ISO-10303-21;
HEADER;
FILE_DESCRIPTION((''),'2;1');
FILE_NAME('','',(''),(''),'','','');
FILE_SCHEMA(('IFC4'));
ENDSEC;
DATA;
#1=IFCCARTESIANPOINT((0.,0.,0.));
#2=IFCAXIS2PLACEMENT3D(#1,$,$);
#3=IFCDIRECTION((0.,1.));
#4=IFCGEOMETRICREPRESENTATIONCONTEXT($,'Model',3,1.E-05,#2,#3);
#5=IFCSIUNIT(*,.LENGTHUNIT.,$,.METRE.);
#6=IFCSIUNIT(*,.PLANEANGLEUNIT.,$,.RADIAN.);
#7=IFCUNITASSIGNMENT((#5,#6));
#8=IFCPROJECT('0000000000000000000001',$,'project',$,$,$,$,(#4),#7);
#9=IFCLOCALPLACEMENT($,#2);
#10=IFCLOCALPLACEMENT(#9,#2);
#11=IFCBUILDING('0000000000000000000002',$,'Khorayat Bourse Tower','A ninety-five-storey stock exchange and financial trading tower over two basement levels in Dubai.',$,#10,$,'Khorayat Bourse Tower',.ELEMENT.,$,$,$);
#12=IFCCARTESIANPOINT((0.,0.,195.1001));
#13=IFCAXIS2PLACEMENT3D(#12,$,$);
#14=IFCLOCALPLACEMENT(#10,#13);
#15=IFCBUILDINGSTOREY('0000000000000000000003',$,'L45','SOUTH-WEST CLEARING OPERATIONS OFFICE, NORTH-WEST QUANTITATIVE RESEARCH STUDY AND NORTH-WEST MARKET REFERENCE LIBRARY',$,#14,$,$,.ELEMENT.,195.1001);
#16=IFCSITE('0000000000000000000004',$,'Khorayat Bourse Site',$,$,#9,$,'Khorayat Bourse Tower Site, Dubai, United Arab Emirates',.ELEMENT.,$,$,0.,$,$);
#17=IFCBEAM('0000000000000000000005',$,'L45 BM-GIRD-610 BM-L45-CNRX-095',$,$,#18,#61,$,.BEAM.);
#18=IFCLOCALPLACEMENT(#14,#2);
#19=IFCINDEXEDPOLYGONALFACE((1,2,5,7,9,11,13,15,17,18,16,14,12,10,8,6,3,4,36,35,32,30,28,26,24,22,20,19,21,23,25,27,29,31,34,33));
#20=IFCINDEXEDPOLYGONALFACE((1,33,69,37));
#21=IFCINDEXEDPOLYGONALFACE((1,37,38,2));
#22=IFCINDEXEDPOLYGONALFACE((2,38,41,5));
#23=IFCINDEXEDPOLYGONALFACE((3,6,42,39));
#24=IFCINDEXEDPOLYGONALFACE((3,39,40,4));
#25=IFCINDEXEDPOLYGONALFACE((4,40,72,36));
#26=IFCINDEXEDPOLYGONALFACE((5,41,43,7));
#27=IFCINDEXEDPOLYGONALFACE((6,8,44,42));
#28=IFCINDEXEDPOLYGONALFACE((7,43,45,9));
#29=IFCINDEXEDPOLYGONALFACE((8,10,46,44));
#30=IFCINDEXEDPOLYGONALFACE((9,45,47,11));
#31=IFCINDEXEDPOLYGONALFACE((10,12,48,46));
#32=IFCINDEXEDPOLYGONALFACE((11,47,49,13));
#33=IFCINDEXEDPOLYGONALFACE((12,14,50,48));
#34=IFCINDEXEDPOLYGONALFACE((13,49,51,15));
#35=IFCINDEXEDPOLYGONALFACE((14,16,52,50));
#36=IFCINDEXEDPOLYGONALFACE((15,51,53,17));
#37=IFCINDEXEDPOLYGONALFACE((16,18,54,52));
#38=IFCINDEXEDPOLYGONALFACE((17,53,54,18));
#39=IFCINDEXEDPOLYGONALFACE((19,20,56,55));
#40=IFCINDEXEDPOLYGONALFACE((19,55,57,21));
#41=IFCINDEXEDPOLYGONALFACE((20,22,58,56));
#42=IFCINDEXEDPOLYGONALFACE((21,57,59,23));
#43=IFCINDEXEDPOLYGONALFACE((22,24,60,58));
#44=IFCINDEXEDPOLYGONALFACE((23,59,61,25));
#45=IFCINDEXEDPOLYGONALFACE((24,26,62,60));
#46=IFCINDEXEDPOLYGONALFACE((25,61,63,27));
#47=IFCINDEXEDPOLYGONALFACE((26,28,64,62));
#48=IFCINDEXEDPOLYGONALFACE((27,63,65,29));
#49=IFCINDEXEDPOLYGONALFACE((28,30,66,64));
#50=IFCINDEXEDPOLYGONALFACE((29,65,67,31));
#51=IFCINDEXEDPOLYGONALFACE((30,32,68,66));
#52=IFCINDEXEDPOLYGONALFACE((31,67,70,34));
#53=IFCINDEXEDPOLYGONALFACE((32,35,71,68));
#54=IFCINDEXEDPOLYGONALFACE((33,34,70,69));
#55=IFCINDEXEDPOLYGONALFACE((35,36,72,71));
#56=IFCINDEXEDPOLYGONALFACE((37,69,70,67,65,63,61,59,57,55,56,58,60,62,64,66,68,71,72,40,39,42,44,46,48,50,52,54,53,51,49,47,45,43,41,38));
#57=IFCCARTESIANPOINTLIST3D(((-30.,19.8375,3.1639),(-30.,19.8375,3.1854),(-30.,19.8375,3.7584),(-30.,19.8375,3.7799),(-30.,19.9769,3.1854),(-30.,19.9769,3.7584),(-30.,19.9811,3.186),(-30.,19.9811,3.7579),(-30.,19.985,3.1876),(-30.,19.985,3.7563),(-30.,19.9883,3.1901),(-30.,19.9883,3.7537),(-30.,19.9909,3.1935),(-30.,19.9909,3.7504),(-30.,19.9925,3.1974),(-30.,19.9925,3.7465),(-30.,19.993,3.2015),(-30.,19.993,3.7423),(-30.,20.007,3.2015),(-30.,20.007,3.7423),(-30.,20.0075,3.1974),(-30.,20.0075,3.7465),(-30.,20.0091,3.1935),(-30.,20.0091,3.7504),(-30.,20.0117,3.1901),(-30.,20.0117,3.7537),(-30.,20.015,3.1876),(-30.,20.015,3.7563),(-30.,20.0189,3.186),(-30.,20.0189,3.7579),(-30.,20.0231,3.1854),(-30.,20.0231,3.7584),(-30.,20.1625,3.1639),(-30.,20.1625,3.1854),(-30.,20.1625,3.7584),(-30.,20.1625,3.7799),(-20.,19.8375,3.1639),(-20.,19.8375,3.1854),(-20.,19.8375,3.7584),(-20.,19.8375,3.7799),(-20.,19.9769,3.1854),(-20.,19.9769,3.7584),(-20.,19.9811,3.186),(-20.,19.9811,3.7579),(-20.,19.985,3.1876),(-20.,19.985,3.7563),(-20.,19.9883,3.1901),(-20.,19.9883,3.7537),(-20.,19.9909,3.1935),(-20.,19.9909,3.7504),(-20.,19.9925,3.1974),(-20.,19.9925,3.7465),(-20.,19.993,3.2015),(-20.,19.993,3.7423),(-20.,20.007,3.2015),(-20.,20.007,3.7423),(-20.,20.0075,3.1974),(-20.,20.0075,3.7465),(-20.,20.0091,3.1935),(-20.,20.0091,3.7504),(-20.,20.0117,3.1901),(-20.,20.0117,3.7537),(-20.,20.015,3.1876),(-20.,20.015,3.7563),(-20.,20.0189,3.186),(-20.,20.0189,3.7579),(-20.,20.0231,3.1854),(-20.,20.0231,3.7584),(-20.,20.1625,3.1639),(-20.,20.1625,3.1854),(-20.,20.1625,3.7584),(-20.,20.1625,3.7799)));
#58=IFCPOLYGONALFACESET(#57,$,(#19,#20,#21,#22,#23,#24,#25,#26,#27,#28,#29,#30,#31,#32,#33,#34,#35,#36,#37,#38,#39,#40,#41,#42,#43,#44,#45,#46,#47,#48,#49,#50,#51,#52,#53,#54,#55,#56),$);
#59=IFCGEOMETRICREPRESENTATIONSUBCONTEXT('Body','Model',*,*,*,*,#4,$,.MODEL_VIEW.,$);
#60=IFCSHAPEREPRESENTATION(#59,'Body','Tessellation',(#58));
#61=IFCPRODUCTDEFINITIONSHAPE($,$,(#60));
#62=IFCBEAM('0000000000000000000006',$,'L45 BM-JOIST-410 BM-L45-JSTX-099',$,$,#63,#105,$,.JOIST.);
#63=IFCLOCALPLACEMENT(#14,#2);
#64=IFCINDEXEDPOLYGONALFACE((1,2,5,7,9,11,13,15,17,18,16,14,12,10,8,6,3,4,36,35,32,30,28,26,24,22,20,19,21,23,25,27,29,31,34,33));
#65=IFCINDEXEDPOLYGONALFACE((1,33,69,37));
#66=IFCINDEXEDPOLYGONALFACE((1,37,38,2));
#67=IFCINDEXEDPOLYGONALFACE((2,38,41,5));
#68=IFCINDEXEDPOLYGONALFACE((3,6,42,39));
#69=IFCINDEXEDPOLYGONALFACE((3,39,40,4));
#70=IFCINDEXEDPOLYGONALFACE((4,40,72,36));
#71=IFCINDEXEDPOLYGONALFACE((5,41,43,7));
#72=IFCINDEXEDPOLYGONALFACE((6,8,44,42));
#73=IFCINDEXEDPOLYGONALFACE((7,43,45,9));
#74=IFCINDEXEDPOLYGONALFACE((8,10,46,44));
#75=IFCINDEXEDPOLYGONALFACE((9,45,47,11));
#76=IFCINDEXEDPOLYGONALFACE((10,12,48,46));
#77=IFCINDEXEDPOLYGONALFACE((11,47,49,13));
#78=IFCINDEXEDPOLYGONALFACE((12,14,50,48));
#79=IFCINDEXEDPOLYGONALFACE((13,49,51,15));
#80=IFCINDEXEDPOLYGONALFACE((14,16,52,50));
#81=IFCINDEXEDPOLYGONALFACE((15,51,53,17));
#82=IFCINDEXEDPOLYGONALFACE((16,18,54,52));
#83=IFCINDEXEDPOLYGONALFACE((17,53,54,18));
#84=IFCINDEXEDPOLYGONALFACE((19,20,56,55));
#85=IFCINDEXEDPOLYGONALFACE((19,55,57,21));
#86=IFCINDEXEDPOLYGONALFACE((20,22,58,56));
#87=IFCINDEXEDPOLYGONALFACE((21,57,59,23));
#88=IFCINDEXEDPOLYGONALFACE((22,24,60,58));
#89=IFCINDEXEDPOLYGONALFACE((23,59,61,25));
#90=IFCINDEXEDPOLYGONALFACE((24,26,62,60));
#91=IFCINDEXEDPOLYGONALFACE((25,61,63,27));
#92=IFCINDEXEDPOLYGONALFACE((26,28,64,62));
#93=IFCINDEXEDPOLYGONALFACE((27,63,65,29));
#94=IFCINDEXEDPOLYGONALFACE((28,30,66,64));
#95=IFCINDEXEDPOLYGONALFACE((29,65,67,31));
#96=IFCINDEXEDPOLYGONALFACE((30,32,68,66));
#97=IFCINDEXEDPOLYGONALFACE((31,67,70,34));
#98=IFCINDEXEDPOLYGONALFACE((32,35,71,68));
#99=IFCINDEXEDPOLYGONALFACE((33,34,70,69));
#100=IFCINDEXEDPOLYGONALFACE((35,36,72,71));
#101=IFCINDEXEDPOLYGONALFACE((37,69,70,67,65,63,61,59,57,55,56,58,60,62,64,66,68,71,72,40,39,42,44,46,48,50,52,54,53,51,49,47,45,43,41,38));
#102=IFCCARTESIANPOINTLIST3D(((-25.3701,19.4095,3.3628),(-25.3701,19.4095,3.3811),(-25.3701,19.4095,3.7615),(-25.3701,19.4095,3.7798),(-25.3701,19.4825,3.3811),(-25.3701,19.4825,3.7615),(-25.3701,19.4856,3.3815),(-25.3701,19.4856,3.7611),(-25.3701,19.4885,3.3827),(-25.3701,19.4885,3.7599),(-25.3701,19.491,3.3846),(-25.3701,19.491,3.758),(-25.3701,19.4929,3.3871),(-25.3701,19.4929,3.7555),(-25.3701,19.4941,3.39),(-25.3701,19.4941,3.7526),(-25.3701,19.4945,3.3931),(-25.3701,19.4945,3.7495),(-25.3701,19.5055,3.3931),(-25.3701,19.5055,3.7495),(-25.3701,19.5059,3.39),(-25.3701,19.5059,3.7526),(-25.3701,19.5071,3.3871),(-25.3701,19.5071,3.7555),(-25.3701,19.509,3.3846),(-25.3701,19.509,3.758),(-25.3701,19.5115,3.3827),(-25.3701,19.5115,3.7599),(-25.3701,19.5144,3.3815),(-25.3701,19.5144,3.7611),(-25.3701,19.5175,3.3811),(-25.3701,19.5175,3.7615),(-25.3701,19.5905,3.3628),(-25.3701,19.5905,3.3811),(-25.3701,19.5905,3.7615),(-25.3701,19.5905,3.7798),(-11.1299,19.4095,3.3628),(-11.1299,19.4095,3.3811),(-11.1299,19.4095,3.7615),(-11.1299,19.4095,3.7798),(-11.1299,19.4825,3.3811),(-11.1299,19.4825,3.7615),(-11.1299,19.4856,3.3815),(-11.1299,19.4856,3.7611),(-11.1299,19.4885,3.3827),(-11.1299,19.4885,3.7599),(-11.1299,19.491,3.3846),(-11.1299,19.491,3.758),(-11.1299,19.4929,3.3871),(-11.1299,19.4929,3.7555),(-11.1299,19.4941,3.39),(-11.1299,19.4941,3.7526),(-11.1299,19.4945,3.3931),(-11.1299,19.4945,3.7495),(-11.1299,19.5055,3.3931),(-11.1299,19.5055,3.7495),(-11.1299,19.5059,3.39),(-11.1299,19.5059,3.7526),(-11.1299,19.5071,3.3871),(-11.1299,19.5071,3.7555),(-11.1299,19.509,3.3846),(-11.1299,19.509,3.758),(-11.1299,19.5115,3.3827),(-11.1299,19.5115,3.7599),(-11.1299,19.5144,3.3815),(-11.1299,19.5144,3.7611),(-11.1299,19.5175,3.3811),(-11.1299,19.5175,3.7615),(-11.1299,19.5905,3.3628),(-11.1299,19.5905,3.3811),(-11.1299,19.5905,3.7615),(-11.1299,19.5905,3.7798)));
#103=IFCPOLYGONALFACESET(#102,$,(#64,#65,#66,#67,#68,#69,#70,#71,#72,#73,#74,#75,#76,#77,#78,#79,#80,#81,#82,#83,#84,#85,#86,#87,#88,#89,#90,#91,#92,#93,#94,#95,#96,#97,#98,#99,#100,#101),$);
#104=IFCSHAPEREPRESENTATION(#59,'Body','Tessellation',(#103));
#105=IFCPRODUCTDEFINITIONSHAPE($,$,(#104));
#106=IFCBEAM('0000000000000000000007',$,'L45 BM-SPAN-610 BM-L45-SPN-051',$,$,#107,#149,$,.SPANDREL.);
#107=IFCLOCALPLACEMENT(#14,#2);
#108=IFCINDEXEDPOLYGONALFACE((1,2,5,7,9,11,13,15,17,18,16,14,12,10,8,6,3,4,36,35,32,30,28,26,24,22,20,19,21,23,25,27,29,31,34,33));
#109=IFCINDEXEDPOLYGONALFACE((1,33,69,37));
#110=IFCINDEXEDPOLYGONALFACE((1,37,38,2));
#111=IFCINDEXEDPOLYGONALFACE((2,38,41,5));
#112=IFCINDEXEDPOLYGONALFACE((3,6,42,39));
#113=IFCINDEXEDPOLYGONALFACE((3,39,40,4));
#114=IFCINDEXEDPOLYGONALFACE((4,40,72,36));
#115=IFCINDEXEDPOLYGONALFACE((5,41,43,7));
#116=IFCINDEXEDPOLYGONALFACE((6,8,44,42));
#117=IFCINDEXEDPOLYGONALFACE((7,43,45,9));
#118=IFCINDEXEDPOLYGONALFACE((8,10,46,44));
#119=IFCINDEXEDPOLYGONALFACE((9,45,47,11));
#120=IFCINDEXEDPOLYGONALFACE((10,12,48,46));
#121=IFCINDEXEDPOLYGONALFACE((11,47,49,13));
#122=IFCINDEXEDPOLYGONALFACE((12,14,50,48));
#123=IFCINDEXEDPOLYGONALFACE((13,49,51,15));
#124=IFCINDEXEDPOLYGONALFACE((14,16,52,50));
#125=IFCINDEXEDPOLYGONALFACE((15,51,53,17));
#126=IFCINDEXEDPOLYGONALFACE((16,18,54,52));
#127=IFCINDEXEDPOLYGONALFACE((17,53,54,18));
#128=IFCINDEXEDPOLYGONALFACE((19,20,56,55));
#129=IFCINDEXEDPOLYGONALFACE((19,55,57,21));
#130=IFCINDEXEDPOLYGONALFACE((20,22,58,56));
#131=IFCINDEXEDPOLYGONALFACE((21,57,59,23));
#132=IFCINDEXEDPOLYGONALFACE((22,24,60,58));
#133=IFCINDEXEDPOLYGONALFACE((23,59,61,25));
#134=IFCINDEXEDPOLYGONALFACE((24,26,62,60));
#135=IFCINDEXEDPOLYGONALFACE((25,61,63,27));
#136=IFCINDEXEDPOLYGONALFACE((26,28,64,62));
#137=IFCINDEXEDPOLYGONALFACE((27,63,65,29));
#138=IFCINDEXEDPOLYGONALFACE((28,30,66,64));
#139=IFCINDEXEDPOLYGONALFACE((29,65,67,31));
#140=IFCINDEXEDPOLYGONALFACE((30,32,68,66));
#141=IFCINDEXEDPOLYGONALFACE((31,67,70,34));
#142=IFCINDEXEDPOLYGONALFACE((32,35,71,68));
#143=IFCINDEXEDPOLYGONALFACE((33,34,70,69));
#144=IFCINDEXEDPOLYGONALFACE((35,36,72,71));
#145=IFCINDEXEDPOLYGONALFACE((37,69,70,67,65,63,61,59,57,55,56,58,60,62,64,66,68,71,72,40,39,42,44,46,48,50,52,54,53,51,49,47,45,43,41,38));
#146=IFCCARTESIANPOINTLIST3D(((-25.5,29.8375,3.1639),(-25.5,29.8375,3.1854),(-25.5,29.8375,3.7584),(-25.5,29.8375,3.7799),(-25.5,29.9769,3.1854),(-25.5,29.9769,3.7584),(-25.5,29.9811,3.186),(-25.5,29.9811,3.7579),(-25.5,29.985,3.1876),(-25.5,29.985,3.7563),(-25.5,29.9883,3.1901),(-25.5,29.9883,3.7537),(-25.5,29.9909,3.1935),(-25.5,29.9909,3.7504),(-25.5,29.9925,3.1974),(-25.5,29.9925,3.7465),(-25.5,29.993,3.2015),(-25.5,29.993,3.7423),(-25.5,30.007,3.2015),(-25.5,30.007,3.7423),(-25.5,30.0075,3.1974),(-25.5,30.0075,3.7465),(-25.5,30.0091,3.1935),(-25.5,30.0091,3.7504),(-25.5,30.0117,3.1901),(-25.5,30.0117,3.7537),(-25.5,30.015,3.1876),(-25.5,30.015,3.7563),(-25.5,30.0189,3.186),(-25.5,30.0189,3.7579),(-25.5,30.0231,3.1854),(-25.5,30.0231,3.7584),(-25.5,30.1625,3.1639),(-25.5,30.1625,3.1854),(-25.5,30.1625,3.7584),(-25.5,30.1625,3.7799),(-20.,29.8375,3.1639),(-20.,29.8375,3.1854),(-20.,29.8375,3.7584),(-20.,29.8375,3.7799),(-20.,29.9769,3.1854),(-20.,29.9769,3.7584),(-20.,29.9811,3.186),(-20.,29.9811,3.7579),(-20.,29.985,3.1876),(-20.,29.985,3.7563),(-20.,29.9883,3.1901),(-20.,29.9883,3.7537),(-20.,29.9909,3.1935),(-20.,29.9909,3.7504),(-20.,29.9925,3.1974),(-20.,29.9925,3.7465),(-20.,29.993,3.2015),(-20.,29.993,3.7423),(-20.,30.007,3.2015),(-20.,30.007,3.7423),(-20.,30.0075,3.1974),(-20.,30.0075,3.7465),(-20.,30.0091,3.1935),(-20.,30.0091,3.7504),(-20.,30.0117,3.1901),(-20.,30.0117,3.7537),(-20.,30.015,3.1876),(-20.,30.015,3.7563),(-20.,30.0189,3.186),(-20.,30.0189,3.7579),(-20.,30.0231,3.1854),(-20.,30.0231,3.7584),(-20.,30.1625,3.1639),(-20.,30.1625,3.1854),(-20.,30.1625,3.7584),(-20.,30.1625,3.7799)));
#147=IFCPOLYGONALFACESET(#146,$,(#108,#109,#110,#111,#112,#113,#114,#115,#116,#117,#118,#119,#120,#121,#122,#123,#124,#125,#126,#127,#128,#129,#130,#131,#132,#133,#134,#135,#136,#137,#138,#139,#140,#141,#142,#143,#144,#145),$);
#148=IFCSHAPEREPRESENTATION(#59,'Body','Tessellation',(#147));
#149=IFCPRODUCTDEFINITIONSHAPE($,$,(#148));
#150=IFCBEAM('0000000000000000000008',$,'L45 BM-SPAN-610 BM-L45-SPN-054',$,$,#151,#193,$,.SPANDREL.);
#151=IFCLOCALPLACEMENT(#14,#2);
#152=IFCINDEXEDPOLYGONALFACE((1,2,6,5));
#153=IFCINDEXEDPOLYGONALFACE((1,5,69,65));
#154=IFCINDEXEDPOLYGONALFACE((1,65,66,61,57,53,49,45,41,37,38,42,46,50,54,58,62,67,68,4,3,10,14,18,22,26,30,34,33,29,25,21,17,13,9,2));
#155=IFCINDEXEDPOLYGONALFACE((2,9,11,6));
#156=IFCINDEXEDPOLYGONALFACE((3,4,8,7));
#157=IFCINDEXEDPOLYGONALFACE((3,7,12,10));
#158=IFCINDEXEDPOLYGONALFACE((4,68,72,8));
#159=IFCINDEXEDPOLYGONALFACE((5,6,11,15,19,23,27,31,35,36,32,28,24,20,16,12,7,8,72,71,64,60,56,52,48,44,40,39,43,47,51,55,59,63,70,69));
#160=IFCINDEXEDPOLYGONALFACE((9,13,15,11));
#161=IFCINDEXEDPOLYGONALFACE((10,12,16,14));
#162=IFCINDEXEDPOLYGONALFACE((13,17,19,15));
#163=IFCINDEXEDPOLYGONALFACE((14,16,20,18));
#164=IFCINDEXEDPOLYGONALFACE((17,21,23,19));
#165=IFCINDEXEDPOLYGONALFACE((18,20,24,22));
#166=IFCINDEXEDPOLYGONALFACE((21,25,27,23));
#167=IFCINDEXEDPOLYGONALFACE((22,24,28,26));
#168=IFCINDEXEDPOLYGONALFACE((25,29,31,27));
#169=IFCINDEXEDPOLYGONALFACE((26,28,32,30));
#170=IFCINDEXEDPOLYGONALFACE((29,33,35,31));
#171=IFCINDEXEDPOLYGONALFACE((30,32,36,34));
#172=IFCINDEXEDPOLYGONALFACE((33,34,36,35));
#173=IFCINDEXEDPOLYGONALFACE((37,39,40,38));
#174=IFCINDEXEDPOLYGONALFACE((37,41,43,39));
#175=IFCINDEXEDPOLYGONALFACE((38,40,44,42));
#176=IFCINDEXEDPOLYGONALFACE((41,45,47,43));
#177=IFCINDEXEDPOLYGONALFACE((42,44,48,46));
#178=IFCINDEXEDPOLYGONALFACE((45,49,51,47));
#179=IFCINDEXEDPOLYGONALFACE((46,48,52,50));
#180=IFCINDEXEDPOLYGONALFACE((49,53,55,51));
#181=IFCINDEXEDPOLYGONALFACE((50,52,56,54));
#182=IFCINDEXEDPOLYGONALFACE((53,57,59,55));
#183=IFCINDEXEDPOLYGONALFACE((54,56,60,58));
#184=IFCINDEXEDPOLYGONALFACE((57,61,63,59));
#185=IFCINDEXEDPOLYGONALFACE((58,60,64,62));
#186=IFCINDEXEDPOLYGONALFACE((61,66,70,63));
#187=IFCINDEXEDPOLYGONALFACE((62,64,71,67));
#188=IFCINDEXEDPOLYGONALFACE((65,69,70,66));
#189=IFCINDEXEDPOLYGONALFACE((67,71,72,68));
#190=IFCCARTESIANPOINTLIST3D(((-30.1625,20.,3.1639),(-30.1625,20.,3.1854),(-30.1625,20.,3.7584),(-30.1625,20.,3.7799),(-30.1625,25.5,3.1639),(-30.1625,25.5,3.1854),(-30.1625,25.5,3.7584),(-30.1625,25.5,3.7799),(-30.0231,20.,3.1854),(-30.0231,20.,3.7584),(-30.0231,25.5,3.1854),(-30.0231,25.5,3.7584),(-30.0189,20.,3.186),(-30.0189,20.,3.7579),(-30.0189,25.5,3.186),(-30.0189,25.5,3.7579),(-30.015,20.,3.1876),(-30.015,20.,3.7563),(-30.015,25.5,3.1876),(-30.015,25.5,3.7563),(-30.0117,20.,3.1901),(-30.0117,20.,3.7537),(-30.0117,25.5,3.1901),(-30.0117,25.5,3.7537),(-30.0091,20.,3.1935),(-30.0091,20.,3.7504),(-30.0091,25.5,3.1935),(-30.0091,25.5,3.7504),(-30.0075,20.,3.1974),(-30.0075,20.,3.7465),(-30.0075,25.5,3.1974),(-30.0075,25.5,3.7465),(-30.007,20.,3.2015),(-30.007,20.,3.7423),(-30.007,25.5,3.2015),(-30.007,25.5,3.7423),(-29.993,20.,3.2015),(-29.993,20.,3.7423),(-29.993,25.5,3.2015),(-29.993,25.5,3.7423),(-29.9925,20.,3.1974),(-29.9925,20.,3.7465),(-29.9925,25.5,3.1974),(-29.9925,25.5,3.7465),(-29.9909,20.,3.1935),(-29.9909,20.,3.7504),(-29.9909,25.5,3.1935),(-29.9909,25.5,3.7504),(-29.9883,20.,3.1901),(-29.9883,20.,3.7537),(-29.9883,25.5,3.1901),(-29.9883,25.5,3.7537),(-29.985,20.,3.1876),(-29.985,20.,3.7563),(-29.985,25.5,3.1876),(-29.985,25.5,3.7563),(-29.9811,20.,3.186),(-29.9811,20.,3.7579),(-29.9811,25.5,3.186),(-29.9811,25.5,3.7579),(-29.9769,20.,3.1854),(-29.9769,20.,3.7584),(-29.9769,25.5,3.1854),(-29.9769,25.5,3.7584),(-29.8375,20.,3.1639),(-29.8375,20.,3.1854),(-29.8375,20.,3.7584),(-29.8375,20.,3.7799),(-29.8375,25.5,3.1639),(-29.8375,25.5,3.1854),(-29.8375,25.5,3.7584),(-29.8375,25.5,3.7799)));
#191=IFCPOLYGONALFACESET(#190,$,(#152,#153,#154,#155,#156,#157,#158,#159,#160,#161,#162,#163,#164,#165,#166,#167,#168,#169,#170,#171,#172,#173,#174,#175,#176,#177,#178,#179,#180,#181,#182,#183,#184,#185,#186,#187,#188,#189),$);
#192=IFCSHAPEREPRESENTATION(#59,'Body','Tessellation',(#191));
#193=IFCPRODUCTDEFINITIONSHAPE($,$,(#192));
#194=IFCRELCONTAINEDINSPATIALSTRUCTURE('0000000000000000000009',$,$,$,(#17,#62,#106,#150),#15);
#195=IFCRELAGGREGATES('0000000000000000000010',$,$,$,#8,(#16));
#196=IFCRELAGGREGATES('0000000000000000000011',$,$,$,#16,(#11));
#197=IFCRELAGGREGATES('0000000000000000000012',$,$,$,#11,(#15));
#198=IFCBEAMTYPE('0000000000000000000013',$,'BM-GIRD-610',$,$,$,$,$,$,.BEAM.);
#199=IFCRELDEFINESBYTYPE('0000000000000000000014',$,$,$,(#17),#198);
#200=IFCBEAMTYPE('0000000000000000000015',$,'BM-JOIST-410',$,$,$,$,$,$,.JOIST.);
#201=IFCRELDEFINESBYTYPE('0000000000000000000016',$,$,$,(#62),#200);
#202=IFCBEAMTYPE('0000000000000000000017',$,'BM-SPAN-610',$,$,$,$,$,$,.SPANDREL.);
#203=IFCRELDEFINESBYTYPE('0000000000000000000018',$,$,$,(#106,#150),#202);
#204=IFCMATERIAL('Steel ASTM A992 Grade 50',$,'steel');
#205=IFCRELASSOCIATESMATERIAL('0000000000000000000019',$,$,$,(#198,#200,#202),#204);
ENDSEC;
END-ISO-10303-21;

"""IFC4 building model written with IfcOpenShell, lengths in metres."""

from ifc_helpers import new_model, si_unit, direction, frame, origin, origin_2d, place, context, subcontext, project, spatial, i_section, extrude, source, transform, mapped, material, material_profile, profile_set, type_object, element, save


model = new_model("IFC4")

# Units and contexts
model_context = context("Model", 3, precision=1e-05, world=origin(), true_north=direction((0.0, 1.0)))
body_context = subcontext(model_context, "Body", "Model", "MODEL_VIEW")
ifc_project = project(units=[si_unit("LENGTHUNIT", "METRE"), si_unit("PLANEANGLEUNIT", "RADIAN")], contexts=[model_context])

# Site, building, storey
site_placement = place(None, origin())
site = spatial("IfcSite", under=ifc_project, at=site_placement, Name="Khorayat Bourse Site", LongName="Khorayat Bourse Tower Site, Dubai, United Arab Emirates", CompositionType="ELEMENT", RefElevation=0.0)
building_placement = place(site_placement, origin())
building = spatial("IfcBuilding", under=site, at=building_placement, Name="Khorayat Bourse Tower", Description="A ninety-five-storey stock exchange and financial trading tower over two basement levels in Dubai.", LongName="Khorayat Bourse Tower", CompositionType="ELEMENT")
storey_placement = place(building_placement, frame((0.0, 0.0, 195.1001)))
storey = spatial("IfcBuildingStorey", under=building, at=storey_placement, Name="L45", Description="SOUTH-WEST CLEARING OPERATIONS OFFICE, NORTH-WEST QUANTITATIVE RESEARCH STUDY AND NORTH-WEST MARKET REFERENCE LIBRARY", CompositionType="ELEMENT", Elevation=195.1001)

# Beams
ifc_material_1 = material(Name="Steel ASTM A992 Grade 50", Category="steel")
ifc_material_profile_1 = material_profile(ifc_material_1, i_section(OverallWidth=0.325, OverallDepth=0.616, WebThickness=0.0139, FlangeThickness=0.0215, FilletRadius=0.0161, at=origin_2d()), Name="W610X174")
ifc_profile_set_1 = profile_set([ifc_material_profile_1], Name="Steel ASTM A992 Grade 50")
beam_type_1 = type_object("IfcBeamType", Name="BM-GIRD-610", PredefinedType="BEAM", material=ifc_profile_set_1)
shared_shape_1 = source(origin(), body_context, "Body", "SweptSolid", [
    extrude(i_section(OverallWidth=0.325, OverallDepth=0.616, WebThickness=0.0139, FlangeThickness=0.0215, FilletRadius=0.0161, at=origin_2d()), origin(), (0.0, 0.0, 1.0), 10.0),
])
beam_1_placement = place(storey_placement, frame((-30.0, 20.0, 3.4719), z_axis=(1.0, 0.0, 0.0), x_axis=(0.0, 1.0, 0.0)))
element("IfcBeam", 1, at=beam_1_placement, inside=storey, type_object=beam_type_1, Name="L45 BM-GIRD-610 BM-L45-CNRX-095", PredefinedType="BEAM", context=body_context, shape_type="MappedRepresentation", body=[
    mapped(shared_shape_1, transform((0.0, 0.0, 0.0), scale=1.0)),
])
ifc_material_profile_2 = material_profile(ifc_material_1, i_section(OverallWidth=0.1809, OverallDepth=0.417, WebThickness=0.011, FlangeThickness=0.0183, FilletRadius=0.012, at=origin_2d()), Name="W410X85")
ifc_profile_set_2 = profile_set([ifc_material_profile_2], Name="Steel ASTM A992 Grade 50")
beam_type_2 = type_object("IfcBeamType", Name="BM-JOIST-410", PredefinedType="JOIST", material=ifc_profile_set_2)
shared_shape_2 = source(origin(), body_context, "Body", "SweptSolid", [
    extrude(i_section(OverallWidth=0.1809, OverallDepth=0.417, WebThickness=0.011, FlangeThickness=0.0183, FilletRadius=0.012, at=origin_2d()), origin(), (0.0, 0.0, 1.0), 14.2402),
])
beam_2_placement = place(storey_placement, frame((-25.3701, 19.5, 3.5713), z_axis=(1.0, 0.0, 0.0), x_axis=(0.0, 1.0, 0.0)))
element("IfcBeam", 2, at=beam_2_placement, inside=storey, type_object=beam_type_2, Name="L45 BM-JOIST-410 BM-L45-JSTX-099", PredefinedType="JOIST", context=body_context, shape_type="MappedRepresentation", body=[
    mapped(shared_shape_2, transform((0.0, 0.0, 0.0), scale=1.0)),
])
ifc_material_profile_3 = material_profile(ifc_material_1, i_section(OverallWidth=0.325, OverallDepth=0.616, WebThickness=0.0139, FlangeThickness=0.0215, FilletRadius=0.0161, at=origin_2d()), Name="W610X174")
ifc_profile_set_3 = profile_set([ifc_material_profile_3], Name="Steel ASTM A992 Grade 50")
beam_type_3 = type_object("IfcBeamType", Name="BM-SPAN-610", PredefinedType="SPANDREL", material=ifc_profile_set_3)
shared_shape_3 = source(origin(), body_context, "Body", "SweptSolid", [
    extrude(i_section(OverallWidth=0.325, OverallDepth=0.616, WebThickness=0.0139, FlangeThickness=0.0215, FilletRadius=0.0161, at=origin_2d()), origin(), (0.0, 0.0, 1.0), 5.5),
])
for number, where, z_axis, x_axis, name in (
    (3, (-25.5, 30.0, 3.4719), (1.0, 0.0, 0.0), (0.0, 1.0, 0.0), "L45 BM-SPAN-610 BM-L45-SPN-051"),
    (4, (-30.0, 20.0, 3.4719), (0.0, 1.0, 0.0), (-1.0, 0.0, 0.0), "L45 BM-SPAN-610 BM-L45-SPN-054"),
):
    element("IfcBeam", number, at=place(storey_placement, frame(where, z_axis=z_axis, x_axis=x_axis)), inside=storey, type_object=beam_type_3, Name=name, PredefinedType="SPANDREL", context=body_context, shape_type="MappedRepresentation", body=[
        mapped(shared_shape_3, transform((0.0, 0.0, 0.0), scale=1.0)),
    ])

save(model, "model.ifc")
